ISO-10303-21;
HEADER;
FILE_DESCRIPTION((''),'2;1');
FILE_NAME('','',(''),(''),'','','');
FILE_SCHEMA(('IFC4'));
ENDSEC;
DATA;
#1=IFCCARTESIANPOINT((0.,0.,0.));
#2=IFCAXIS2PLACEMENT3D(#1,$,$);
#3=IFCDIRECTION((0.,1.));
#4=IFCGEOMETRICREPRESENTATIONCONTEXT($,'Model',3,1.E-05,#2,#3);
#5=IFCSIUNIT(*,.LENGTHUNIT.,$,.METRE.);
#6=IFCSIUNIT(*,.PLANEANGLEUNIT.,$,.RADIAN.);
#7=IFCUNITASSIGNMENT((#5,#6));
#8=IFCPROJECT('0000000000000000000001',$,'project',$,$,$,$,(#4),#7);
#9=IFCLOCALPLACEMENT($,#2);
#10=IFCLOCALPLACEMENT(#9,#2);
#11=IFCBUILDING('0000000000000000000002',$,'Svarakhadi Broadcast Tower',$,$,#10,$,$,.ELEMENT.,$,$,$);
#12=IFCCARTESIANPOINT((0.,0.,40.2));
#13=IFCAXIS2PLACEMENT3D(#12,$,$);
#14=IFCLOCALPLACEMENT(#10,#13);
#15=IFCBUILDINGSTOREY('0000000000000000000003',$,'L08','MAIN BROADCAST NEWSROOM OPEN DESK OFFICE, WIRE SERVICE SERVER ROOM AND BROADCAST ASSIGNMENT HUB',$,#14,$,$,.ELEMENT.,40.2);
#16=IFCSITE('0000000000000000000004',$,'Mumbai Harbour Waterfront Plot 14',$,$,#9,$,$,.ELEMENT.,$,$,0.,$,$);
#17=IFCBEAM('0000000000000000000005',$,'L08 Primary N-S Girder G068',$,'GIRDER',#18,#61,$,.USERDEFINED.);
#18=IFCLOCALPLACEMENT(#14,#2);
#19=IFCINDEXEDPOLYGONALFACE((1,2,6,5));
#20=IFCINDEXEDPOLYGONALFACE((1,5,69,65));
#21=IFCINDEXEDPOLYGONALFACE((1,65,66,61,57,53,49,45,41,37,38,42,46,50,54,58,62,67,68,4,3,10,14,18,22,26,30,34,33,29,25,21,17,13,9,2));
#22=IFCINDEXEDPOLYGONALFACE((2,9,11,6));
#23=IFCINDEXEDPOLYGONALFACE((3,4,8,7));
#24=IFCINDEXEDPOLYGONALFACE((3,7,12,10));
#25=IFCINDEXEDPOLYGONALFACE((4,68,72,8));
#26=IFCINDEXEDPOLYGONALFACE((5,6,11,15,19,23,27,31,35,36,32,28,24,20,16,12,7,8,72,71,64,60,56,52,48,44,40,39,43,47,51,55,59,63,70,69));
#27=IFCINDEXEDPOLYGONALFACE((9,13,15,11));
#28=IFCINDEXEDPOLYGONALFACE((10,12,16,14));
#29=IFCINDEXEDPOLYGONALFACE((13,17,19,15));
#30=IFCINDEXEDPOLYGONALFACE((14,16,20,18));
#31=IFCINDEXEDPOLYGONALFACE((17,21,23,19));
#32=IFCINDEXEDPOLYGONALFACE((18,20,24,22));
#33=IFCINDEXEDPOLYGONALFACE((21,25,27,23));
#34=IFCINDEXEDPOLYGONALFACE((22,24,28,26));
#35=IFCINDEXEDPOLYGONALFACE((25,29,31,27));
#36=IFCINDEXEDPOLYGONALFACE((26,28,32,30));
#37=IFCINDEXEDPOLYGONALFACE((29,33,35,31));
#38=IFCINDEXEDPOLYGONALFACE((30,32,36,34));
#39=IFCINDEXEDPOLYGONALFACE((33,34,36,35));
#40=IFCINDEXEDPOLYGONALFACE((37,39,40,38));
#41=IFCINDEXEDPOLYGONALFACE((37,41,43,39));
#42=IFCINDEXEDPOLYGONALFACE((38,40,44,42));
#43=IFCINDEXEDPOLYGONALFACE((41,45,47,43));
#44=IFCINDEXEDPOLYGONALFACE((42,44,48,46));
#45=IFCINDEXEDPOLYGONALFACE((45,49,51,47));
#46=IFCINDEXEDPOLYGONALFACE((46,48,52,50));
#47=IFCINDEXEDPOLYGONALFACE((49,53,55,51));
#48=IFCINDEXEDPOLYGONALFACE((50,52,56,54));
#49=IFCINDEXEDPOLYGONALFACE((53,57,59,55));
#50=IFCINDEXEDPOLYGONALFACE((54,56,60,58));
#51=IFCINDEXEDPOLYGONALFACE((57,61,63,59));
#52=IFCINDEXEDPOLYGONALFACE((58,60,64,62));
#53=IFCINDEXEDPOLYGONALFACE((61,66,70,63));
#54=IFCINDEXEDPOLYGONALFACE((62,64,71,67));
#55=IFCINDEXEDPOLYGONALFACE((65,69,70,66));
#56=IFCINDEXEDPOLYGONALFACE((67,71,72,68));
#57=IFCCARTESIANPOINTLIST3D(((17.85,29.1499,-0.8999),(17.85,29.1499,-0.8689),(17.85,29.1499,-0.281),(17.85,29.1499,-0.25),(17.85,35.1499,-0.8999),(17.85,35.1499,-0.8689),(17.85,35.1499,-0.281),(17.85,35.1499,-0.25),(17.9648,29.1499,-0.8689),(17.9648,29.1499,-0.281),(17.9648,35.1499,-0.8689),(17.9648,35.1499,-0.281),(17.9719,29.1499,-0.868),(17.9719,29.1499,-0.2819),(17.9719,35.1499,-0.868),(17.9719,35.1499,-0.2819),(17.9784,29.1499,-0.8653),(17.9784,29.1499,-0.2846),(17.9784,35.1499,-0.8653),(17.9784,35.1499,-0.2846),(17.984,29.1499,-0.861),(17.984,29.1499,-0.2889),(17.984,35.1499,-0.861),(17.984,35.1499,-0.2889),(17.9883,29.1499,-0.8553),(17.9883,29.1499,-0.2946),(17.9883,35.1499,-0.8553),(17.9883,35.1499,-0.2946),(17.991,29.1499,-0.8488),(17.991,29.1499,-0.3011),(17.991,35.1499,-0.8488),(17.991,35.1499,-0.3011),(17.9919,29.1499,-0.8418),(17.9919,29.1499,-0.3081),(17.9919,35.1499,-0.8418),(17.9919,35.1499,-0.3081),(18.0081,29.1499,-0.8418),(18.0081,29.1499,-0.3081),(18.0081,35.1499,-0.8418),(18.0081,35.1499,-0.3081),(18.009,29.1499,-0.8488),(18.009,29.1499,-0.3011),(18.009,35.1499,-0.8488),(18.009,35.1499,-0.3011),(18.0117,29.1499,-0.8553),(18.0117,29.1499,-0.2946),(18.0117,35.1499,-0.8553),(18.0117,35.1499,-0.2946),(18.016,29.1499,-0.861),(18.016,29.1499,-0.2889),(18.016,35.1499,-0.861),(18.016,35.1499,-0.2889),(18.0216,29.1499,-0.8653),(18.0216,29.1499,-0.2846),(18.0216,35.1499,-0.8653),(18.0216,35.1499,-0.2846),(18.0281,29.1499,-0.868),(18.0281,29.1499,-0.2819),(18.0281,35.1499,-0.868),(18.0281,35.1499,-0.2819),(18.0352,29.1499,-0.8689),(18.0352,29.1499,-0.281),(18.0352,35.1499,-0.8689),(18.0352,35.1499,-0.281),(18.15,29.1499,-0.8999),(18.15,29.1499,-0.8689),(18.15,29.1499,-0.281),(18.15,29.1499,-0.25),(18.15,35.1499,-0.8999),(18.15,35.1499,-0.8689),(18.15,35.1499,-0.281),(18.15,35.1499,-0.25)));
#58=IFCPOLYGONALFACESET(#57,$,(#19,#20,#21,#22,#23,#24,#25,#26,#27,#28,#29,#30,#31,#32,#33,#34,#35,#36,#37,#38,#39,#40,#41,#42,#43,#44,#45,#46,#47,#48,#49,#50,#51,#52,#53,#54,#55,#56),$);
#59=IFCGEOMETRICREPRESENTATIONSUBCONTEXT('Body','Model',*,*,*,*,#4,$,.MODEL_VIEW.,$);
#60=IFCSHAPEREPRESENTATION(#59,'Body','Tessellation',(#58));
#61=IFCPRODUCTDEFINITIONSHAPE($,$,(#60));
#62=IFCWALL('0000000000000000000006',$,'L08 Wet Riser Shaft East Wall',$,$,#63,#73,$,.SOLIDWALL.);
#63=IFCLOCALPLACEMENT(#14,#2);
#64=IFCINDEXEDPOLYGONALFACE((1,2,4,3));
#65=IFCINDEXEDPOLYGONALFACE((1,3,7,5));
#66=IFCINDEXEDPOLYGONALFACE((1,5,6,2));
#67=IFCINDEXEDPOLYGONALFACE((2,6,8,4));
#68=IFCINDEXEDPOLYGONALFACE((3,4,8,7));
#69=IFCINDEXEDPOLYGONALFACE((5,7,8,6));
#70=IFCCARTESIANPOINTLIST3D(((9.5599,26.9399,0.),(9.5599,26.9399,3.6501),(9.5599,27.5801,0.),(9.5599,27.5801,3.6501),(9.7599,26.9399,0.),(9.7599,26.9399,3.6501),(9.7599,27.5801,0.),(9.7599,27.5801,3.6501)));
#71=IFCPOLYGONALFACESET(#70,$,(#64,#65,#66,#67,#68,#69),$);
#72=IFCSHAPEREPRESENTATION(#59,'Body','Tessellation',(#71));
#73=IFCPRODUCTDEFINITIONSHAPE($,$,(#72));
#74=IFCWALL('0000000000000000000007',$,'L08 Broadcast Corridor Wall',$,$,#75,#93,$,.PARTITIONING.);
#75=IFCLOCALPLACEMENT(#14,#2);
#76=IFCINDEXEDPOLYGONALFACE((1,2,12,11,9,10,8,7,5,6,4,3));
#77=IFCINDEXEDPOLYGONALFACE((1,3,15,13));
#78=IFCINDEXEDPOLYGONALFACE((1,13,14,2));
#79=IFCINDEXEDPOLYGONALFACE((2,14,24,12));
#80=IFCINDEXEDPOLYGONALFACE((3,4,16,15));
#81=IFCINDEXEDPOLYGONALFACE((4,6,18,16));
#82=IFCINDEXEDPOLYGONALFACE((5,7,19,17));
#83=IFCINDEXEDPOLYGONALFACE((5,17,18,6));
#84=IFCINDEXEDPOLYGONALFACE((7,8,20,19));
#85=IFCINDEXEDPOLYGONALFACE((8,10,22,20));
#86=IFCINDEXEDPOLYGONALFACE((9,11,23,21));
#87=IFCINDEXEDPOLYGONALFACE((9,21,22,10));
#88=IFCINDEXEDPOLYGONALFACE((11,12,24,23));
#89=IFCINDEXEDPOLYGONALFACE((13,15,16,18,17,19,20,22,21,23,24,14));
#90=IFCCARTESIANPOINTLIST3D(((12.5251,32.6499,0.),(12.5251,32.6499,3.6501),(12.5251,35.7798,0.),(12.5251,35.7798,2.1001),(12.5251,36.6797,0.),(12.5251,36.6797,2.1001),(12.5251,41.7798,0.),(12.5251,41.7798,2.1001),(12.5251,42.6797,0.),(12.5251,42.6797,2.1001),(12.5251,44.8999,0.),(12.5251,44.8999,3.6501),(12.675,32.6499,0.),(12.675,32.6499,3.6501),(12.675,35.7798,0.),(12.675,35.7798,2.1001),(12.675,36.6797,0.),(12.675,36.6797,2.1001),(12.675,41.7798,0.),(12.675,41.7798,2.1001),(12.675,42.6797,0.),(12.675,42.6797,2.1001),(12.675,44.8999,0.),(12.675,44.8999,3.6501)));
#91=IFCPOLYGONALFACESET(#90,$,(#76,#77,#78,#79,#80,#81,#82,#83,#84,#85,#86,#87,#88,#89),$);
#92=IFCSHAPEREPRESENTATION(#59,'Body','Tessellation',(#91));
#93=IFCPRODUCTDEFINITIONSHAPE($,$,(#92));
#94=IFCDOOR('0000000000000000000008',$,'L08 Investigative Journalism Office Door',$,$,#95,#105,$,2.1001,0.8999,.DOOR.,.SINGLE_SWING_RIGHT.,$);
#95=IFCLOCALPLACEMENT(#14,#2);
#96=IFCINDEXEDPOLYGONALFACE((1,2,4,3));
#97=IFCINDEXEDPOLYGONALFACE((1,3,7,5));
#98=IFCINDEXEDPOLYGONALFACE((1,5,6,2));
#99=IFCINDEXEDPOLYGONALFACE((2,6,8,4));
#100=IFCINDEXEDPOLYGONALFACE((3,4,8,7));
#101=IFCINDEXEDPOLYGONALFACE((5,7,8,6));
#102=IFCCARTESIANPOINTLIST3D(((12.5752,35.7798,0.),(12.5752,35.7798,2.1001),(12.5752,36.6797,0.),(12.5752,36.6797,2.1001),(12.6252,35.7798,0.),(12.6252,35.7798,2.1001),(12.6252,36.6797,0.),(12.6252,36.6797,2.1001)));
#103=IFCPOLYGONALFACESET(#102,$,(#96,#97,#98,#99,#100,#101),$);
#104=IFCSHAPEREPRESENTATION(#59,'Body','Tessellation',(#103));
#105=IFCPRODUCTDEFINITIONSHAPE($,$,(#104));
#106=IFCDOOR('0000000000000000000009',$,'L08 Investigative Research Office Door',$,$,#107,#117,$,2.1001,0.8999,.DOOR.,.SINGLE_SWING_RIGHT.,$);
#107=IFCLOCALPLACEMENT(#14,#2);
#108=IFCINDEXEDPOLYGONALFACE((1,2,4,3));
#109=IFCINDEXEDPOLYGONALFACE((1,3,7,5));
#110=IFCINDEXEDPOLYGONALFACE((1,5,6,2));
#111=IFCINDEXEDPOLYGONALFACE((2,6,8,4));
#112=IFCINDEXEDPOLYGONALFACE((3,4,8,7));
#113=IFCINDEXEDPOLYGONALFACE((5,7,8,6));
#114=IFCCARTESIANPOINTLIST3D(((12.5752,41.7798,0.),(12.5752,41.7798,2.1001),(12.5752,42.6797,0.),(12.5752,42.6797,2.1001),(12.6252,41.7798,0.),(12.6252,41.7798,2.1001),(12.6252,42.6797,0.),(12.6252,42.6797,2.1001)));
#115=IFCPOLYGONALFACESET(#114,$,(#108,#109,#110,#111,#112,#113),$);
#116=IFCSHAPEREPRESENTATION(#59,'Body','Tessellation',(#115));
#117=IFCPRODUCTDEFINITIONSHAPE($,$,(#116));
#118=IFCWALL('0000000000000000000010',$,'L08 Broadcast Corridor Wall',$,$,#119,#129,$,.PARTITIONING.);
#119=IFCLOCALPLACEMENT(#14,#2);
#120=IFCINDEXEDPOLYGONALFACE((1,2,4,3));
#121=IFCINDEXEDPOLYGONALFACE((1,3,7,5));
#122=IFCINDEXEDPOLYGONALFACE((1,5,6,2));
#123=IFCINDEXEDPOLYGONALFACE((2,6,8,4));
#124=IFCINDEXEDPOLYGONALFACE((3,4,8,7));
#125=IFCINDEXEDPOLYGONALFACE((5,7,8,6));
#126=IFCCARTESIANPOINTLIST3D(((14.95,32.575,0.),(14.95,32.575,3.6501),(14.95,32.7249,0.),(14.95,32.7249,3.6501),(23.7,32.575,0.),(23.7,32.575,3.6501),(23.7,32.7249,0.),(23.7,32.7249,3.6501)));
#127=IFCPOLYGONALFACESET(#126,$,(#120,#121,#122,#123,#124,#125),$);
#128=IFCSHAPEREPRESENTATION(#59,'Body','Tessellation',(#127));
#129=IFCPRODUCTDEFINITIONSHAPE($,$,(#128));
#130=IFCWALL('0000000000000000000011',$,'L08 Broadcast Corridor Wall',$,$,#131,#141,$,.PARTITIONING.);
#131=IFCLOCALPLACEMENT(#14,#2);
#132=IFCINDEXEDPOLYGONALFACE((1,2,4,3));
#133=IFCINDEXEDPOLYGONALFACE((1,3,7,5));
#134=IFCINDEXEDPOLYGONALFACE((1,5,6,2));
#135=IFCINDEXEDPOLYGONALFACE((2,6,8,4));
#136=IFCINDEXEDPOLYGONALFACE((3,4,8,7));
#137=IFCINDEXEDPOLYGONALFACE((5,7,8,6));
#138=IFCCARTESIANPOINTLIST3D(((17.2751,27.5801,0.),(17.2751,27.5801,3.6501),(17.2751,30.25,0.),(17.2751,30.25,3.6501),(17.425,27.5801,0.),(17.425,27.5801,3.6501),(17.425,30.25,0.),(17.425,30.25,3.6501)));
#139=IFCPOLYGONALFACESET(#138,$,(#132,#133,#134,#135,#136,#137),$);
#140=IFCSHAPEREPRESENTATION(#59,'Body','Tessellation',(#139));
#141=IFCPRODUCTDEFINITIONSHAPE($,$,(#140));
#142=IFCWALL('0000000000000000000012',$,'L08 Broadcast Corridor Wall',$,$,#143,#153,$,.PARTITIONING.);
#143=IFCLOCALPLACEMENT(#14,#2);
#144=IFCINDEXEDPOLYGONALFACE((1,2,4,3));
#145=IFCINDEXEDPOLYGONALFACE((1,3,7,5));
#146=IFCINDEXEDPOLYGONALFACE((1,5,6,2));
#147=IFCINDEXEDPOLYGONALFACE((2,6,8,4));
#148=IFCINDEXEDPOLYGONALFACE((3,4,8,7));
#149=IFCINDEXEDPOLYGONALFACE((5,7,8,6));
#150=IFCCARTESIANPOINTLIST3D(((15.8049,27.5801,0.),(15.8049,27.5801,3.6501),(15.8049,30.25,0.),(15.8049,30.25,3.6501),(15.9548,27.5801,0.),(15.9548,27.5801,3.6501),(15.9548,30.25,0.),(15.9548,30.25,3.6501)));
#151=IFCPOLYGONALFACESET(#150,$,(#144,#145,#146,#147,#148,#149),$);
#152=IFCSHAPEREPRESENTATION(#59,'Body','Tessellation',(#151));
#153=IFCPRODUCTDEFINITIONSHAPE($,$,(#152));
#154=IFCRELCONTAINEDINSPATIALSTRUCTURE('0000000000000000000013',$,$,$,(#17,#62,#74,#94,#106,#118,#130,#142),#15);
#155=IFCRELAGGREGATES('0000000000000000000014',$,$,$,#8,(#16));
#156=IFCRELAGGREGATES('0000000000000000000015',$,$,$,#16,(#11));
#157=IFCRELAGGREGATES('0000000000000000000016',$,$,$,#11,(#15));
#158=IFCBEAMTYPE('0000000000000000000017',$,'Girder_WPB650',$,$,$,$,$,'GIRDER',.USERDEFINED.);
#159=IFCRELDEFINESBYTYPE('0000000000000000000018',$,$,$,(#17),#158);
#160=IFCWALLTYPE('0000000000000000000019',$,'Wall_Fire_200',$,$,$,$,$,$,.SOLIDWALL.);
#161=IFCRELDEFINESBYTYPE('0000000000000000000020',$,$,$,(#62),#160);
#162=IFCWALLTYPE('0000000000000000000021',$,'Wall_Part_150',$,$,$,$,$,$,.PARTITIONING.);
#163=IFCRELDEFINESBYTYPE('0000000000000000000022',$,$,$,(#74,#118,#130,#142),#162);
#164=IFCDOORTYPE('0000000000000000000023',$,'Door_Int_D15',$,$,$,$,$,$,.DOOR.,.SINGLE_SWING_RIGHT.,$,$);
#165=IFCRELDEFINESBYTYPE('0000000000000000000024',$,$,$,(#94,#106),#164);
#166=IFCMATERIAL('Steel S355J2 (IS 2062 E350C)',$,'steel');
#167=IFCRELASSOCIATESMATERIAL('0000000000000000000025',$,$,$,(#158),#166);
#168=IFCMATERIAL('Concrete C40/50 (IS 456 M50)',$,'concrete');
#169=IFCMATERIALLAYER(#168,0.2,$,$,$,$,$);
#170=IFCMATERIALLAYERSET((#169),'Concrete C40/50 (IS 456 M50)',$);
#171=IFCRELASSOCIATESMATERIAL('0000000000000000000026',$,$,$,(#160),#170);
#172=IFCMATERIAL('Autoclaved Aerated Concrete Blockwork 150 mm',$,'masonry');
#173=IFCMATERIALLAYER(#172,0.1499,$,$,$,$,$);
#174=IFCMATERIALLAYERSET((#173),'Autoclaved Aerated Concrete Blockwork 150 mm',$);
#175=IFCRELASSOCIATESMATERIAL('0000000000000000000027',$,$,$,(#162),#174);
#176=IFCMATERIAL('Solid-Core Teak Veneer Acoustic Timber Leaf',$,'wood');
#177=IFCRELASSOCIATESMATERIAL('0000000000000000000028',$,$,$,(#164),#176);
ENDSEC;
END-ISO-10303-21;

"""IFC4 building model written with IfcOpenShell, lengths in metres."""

from ifc_helpers import new_model, si_unit, direction, frame, frame_2d, origin, origin_2d, place, context, subcontext, project, spatial, rectangle, i_section, extrude, material, layer, layer_set, material_profile, profile_set, type_object, element, fill, save


model = new_model("IFC4")

# Units and contexts
model_context = context("Model", 3, precision=1e-05, world=origin(), true_north=direction((0.0, 1.0)))
body_context = subcontext(model_context, "Body", "Model", "MODEL_VIEW")
ifc_project = project(units=[si_unit("LENGTHUNIT", "METRE"), si_unit("PLANEANGLEUNIT", "RADIAN")], contexts=[model_context])

# Site, building, storey
site_placement = place(None, origin())
site = spatial("IfcSite", under=ifc_project, at=site_placement, Name="Mumbai Harbour Waterfront Plot 14", CompositionType="ELEMENT", RefElevation=0.0)
building_placement = place(site_placement, origin())
building = spatial("IfcBuilding", under=site, at=building_placement, Name="Svarakhadi Broadcast Tower", CompositionType="ELEMENT")
storey_placement = place(building_placement, frame((0.0, 0.0, 40.2)))
storey = spatial("IfcBuildingStorey", under=building, at=storey_placement, Name="L08", Description="MAIN BROADCAST NEWSROOM OPEN DESK OFFICE, WIRE SERVICE SERVER ROOM AND BROADCAST ASSIGNMENT HUB", CompositionType="ELEMENT", Elevation=40.2)

# Beam
ifc_material_1 = material(Name="Steel S355J2 (IS 2062 E350C)", Category="steel")
ifc_material_profile_1 = material_profile(ifc_material_1, i_section(OverallWidth=0.3, OverallDepth=0.6499, WebThickness=0.0161, FlangeThickness=0.031, FilletRadius=0.0271, at=origin_2d()), Name="WPB 650x300x225")
ifc_profile_set_1 = profile_set([ifc_material_profile_1], Name="Steel S355J2 (IS 2062 E350C)")
beam_type_1 = type_object("IfcBeamType", Name="Girder_WPB650", ElementType="GIRDER", PredefinedType="USERDEFINED", material=ifc_profile_set_1)
for number, where, z_axis, x_axis, name in (
    (1, (18.0, 29.1499, -0.575), (0.0, 1.0, 0.0), (-1.0, 0.0, 0.0), "L08 Primary N-S Girder G068"),
):
    element("IfcBeam", number, at=place(storey_placement, frame(where, z_axis=z_axis, x_axis=x_axis)), inside=storey, type_object=beam_type_1, Name=name, ObjectType="GIRDER", PredefinedType="USERDEFINED", context=body_context, shape_type="SweptSolid", body=[
        extrude(i_section(OverallWidth=0.3, OverallDepth=0.6499, WebThickness=0.0161, FlangeThickness=0.031, FilletRadius=0.0271, at=origin_2d()), origin(), (0.0, 0.0, 1.0), 6.0),
    ])

# Wall
ifc_material_2 = material(Name="Concrete C40/50 (IS 456 M50)", Category="concrete")
ifc_layer_1 = layer(ifc_material_2, 0.2)
ifc_layer_set_1 = layer_set([ifc_layer_1], Name="Concrete C40/50 (IS 456 M50)")
wall_type_1 = type_object("IfcWallType", Name="Wall_Fire_200", PredefinedType="SOLIDWALL", material=ifc_layer_set_1)
wall_1_placement = place(storey_placement, frame((9.6599, 26.9399, 0.0), z_axis=(0.0, 0.0, 1.0), x_axis=(0.0, 1.0, 0.0)))
element("IfcWall", 2, at=wall_1_placement, inside=storey, type_object=wall_type_1, Name="L08 Wet Riser Shaft East Wall", PredefinedType="SOLIDWALL", context=body_context, shape_type="SweptSolid", body=[
    extrude(rectangle(XDim=0.6401, YDim=0.2, at=frame_2d((0.3201, 0.0))), origin(), (0.0, 0.0, 1.0), 3.6501),
])

# Wall, openings, doors
ifc_material_3 = material(Name="Autoclaved Aerated Concrete Blockwork 150 mm", Category="masonry")
ifc_layer_2 = layer(ifc_material_3, 0.1499)
ifc_layer_set_2 = layer_set([ifc_layer_2], Name="Autoclaved Aerated Concrete Blockwork 150 mm")
wall_type_2 = type_object("IfcWallType", Name="Wall_Part_150", PredefinedType="PARTITIONING", material=ifc_layer_set_2)
wall_2_placement = place(storey_placement, frame((12.6001, 32.6499, 0.0), z_axis=(0.0, 0.0, 1.0), x_axis=(0.0, 1.0, 0.0)))
wall_2 = element("IfcWall", 3, at=wall_2_placement, inside=storey, type_object=wall_type_2, Name="L08 Broadcast Corridor Wall", PredefinedType="PARTITIONING", context=body_context, shape_type="SweptSolid", body=[
    extrude(rectangle(XDim=12.25, YDim=0.1499, at=frame_2d((6.125, 0.0))), origin(), (0.0, 0.0, 1.0), 3.6501),
])
opening_1_placement = place(wall_2_placement, frame((3.1299, 0.0, 0.0)))
opening_1 = element("IfcOpeningElement", 4, at=opening_1_placement, cuts=wall_2, PredefinedType="OPENING", context=body_context, shape_type="SweptSolid", body=[
    extrude(rectangle(XDim=0.8999, YDim=2.1001, at=frame_2d((0.45, 1.05))), frame((0.0, 0.085, 0.0), z_axis=(0.0, -1.0, 0.0), x_axis=(1.0, 0.0, 0.0)), (0.0, 0.0, 1.0), 0.1699),
])
opening_2_placement = place(wall_2_placement, frame((9.1299, 0.0, 0.0)))
opening_2 = element("IfcOpeningElement", 5, at=opening_2_placement, cuts=wall_2, PredefinedType="OPENING", context=body_context, shape_type="SweptSolid", body=[
    extrude(rectangle(XDim=0.8999, YDim=2.1001, at=frame_2d((0.45, 1.05))), frame((0.0, 0.085, 0.0), z_axis=(0.0, -1.0, 0.0), x_axis=(1.0, 0.0, 0.0)), (0.0, 0.0, 1.0), 0.1699),
])
ifc_material_4 = material(Name="Solid-Core Teak Veneer Acoustic Timber Leaf", Category="wood")
door_type_1 = type_object("IfcDoorType", Name="Door_Int_D15", OperationType="SINGLE_SWING_RIGHT", PredefinedType="DOOR", material=ifc_material_4)
door_1_placement = place(opening_1_placement, origin())
door_1 = element("IfcDoor", 6, at=door_1_placement, inside=storey, type_object=door_type_1, Name="L08 Investigative Journalism Office Door", OperationType="SINGLE_SWING_RIGHT", OverallHeight=2.1001, OverallWidth=0.8999, PredefinedType="DOOR", context=body_context, shape_type="SweptSolid", body=[
    extrude(rectangle(XDim=0.8999, YDim=2.1001, at=frame_2d((0.45, 1.05))), frame((0.0, 0.0249, 0.0), z_axis=(0.0, -1.0, 0.0), x_axis=(1.0, 0.0, 0.0)), (0.0, 0.0, 1.0), 0.05),
])
fill(opening_1, door_1)
door_2_placement = place(opening_2_placement, origin())
door_2 = element("IfcDoor", 7, at=door_2_placement, inside=storey, type_object=door_type_1, Name="L08 Investigative Research Office Door", OperationType="SINGLE_SWING_RIGHT", OverallHeight=2.1001, OverallWidth=0.8999, PredefinedType="DOOR", context=body_context, shape_type="SweptSolid", body=[
    extrude(rectangle(XDim=0.8999, YDim=2.1001, at=frame_2d((0.45, 1.05))), frame((0.0, 0.0249, 0.0), z_axis=(0.0, -1.0, 0.0), x_axis=(1.0, 0.0, 0.0)), (0.0, 0.0, 1.0), 0.05),
])
fill(opening_2, door_2)

# Walls
wall_3_placement = place(storey_placement, frame((14.95, 32.6499, 0.0), z_axis=(0.0, 0.0, 1.0), x_axis=(1.0, 0.0, 0.0)))
element("IfcWall", 8, at=wall_3_placement, inside=storey, type_object=wall_type_2, Name="L08 Broadcast Corridor Wall", PredefinedType="PARTITIONING", context=body_context, shape_type="SweptSolid", body=[
    extrude(rectangle(XDim=8.75, YDim=0.1499, at=frame_2d((4.375, 0.0))), origin(), (0.0, 0.0, 1.0), 3.6501),
])
for number, where, z_axis, x_axis, name in (
    (9, (17.3501, 30.25, 0.0), (0.0, 0.0, 1.0), (0.0, -1.0, 0.0), "L08 Broadcast Corridor Wall"),
    (10, (15.8799, 27.5801, 0.0), (0.0, 0.0, 1.0), (0.0, 1.0, 0.0), "L08 Broadcast Corridor Wall"),
):
    element("IfcWall", number, at=place(storey_placement, frame(where, z_axis=z_axis, x_axis=x_axis)), inside=storey, type_object=wall_type_2, Name=name, PredefinedType="PARTITIONING", context=body_context, shape_type="SweptSolid", body=[
        extrude(rectangle(XDim=2.6699, YDim=0.1499, at=frame_2d((1.335, 0.0))), origin(), (0.0, 0.0, 1.0), 3.6501),
    ])

save(model, "model.ifc")
